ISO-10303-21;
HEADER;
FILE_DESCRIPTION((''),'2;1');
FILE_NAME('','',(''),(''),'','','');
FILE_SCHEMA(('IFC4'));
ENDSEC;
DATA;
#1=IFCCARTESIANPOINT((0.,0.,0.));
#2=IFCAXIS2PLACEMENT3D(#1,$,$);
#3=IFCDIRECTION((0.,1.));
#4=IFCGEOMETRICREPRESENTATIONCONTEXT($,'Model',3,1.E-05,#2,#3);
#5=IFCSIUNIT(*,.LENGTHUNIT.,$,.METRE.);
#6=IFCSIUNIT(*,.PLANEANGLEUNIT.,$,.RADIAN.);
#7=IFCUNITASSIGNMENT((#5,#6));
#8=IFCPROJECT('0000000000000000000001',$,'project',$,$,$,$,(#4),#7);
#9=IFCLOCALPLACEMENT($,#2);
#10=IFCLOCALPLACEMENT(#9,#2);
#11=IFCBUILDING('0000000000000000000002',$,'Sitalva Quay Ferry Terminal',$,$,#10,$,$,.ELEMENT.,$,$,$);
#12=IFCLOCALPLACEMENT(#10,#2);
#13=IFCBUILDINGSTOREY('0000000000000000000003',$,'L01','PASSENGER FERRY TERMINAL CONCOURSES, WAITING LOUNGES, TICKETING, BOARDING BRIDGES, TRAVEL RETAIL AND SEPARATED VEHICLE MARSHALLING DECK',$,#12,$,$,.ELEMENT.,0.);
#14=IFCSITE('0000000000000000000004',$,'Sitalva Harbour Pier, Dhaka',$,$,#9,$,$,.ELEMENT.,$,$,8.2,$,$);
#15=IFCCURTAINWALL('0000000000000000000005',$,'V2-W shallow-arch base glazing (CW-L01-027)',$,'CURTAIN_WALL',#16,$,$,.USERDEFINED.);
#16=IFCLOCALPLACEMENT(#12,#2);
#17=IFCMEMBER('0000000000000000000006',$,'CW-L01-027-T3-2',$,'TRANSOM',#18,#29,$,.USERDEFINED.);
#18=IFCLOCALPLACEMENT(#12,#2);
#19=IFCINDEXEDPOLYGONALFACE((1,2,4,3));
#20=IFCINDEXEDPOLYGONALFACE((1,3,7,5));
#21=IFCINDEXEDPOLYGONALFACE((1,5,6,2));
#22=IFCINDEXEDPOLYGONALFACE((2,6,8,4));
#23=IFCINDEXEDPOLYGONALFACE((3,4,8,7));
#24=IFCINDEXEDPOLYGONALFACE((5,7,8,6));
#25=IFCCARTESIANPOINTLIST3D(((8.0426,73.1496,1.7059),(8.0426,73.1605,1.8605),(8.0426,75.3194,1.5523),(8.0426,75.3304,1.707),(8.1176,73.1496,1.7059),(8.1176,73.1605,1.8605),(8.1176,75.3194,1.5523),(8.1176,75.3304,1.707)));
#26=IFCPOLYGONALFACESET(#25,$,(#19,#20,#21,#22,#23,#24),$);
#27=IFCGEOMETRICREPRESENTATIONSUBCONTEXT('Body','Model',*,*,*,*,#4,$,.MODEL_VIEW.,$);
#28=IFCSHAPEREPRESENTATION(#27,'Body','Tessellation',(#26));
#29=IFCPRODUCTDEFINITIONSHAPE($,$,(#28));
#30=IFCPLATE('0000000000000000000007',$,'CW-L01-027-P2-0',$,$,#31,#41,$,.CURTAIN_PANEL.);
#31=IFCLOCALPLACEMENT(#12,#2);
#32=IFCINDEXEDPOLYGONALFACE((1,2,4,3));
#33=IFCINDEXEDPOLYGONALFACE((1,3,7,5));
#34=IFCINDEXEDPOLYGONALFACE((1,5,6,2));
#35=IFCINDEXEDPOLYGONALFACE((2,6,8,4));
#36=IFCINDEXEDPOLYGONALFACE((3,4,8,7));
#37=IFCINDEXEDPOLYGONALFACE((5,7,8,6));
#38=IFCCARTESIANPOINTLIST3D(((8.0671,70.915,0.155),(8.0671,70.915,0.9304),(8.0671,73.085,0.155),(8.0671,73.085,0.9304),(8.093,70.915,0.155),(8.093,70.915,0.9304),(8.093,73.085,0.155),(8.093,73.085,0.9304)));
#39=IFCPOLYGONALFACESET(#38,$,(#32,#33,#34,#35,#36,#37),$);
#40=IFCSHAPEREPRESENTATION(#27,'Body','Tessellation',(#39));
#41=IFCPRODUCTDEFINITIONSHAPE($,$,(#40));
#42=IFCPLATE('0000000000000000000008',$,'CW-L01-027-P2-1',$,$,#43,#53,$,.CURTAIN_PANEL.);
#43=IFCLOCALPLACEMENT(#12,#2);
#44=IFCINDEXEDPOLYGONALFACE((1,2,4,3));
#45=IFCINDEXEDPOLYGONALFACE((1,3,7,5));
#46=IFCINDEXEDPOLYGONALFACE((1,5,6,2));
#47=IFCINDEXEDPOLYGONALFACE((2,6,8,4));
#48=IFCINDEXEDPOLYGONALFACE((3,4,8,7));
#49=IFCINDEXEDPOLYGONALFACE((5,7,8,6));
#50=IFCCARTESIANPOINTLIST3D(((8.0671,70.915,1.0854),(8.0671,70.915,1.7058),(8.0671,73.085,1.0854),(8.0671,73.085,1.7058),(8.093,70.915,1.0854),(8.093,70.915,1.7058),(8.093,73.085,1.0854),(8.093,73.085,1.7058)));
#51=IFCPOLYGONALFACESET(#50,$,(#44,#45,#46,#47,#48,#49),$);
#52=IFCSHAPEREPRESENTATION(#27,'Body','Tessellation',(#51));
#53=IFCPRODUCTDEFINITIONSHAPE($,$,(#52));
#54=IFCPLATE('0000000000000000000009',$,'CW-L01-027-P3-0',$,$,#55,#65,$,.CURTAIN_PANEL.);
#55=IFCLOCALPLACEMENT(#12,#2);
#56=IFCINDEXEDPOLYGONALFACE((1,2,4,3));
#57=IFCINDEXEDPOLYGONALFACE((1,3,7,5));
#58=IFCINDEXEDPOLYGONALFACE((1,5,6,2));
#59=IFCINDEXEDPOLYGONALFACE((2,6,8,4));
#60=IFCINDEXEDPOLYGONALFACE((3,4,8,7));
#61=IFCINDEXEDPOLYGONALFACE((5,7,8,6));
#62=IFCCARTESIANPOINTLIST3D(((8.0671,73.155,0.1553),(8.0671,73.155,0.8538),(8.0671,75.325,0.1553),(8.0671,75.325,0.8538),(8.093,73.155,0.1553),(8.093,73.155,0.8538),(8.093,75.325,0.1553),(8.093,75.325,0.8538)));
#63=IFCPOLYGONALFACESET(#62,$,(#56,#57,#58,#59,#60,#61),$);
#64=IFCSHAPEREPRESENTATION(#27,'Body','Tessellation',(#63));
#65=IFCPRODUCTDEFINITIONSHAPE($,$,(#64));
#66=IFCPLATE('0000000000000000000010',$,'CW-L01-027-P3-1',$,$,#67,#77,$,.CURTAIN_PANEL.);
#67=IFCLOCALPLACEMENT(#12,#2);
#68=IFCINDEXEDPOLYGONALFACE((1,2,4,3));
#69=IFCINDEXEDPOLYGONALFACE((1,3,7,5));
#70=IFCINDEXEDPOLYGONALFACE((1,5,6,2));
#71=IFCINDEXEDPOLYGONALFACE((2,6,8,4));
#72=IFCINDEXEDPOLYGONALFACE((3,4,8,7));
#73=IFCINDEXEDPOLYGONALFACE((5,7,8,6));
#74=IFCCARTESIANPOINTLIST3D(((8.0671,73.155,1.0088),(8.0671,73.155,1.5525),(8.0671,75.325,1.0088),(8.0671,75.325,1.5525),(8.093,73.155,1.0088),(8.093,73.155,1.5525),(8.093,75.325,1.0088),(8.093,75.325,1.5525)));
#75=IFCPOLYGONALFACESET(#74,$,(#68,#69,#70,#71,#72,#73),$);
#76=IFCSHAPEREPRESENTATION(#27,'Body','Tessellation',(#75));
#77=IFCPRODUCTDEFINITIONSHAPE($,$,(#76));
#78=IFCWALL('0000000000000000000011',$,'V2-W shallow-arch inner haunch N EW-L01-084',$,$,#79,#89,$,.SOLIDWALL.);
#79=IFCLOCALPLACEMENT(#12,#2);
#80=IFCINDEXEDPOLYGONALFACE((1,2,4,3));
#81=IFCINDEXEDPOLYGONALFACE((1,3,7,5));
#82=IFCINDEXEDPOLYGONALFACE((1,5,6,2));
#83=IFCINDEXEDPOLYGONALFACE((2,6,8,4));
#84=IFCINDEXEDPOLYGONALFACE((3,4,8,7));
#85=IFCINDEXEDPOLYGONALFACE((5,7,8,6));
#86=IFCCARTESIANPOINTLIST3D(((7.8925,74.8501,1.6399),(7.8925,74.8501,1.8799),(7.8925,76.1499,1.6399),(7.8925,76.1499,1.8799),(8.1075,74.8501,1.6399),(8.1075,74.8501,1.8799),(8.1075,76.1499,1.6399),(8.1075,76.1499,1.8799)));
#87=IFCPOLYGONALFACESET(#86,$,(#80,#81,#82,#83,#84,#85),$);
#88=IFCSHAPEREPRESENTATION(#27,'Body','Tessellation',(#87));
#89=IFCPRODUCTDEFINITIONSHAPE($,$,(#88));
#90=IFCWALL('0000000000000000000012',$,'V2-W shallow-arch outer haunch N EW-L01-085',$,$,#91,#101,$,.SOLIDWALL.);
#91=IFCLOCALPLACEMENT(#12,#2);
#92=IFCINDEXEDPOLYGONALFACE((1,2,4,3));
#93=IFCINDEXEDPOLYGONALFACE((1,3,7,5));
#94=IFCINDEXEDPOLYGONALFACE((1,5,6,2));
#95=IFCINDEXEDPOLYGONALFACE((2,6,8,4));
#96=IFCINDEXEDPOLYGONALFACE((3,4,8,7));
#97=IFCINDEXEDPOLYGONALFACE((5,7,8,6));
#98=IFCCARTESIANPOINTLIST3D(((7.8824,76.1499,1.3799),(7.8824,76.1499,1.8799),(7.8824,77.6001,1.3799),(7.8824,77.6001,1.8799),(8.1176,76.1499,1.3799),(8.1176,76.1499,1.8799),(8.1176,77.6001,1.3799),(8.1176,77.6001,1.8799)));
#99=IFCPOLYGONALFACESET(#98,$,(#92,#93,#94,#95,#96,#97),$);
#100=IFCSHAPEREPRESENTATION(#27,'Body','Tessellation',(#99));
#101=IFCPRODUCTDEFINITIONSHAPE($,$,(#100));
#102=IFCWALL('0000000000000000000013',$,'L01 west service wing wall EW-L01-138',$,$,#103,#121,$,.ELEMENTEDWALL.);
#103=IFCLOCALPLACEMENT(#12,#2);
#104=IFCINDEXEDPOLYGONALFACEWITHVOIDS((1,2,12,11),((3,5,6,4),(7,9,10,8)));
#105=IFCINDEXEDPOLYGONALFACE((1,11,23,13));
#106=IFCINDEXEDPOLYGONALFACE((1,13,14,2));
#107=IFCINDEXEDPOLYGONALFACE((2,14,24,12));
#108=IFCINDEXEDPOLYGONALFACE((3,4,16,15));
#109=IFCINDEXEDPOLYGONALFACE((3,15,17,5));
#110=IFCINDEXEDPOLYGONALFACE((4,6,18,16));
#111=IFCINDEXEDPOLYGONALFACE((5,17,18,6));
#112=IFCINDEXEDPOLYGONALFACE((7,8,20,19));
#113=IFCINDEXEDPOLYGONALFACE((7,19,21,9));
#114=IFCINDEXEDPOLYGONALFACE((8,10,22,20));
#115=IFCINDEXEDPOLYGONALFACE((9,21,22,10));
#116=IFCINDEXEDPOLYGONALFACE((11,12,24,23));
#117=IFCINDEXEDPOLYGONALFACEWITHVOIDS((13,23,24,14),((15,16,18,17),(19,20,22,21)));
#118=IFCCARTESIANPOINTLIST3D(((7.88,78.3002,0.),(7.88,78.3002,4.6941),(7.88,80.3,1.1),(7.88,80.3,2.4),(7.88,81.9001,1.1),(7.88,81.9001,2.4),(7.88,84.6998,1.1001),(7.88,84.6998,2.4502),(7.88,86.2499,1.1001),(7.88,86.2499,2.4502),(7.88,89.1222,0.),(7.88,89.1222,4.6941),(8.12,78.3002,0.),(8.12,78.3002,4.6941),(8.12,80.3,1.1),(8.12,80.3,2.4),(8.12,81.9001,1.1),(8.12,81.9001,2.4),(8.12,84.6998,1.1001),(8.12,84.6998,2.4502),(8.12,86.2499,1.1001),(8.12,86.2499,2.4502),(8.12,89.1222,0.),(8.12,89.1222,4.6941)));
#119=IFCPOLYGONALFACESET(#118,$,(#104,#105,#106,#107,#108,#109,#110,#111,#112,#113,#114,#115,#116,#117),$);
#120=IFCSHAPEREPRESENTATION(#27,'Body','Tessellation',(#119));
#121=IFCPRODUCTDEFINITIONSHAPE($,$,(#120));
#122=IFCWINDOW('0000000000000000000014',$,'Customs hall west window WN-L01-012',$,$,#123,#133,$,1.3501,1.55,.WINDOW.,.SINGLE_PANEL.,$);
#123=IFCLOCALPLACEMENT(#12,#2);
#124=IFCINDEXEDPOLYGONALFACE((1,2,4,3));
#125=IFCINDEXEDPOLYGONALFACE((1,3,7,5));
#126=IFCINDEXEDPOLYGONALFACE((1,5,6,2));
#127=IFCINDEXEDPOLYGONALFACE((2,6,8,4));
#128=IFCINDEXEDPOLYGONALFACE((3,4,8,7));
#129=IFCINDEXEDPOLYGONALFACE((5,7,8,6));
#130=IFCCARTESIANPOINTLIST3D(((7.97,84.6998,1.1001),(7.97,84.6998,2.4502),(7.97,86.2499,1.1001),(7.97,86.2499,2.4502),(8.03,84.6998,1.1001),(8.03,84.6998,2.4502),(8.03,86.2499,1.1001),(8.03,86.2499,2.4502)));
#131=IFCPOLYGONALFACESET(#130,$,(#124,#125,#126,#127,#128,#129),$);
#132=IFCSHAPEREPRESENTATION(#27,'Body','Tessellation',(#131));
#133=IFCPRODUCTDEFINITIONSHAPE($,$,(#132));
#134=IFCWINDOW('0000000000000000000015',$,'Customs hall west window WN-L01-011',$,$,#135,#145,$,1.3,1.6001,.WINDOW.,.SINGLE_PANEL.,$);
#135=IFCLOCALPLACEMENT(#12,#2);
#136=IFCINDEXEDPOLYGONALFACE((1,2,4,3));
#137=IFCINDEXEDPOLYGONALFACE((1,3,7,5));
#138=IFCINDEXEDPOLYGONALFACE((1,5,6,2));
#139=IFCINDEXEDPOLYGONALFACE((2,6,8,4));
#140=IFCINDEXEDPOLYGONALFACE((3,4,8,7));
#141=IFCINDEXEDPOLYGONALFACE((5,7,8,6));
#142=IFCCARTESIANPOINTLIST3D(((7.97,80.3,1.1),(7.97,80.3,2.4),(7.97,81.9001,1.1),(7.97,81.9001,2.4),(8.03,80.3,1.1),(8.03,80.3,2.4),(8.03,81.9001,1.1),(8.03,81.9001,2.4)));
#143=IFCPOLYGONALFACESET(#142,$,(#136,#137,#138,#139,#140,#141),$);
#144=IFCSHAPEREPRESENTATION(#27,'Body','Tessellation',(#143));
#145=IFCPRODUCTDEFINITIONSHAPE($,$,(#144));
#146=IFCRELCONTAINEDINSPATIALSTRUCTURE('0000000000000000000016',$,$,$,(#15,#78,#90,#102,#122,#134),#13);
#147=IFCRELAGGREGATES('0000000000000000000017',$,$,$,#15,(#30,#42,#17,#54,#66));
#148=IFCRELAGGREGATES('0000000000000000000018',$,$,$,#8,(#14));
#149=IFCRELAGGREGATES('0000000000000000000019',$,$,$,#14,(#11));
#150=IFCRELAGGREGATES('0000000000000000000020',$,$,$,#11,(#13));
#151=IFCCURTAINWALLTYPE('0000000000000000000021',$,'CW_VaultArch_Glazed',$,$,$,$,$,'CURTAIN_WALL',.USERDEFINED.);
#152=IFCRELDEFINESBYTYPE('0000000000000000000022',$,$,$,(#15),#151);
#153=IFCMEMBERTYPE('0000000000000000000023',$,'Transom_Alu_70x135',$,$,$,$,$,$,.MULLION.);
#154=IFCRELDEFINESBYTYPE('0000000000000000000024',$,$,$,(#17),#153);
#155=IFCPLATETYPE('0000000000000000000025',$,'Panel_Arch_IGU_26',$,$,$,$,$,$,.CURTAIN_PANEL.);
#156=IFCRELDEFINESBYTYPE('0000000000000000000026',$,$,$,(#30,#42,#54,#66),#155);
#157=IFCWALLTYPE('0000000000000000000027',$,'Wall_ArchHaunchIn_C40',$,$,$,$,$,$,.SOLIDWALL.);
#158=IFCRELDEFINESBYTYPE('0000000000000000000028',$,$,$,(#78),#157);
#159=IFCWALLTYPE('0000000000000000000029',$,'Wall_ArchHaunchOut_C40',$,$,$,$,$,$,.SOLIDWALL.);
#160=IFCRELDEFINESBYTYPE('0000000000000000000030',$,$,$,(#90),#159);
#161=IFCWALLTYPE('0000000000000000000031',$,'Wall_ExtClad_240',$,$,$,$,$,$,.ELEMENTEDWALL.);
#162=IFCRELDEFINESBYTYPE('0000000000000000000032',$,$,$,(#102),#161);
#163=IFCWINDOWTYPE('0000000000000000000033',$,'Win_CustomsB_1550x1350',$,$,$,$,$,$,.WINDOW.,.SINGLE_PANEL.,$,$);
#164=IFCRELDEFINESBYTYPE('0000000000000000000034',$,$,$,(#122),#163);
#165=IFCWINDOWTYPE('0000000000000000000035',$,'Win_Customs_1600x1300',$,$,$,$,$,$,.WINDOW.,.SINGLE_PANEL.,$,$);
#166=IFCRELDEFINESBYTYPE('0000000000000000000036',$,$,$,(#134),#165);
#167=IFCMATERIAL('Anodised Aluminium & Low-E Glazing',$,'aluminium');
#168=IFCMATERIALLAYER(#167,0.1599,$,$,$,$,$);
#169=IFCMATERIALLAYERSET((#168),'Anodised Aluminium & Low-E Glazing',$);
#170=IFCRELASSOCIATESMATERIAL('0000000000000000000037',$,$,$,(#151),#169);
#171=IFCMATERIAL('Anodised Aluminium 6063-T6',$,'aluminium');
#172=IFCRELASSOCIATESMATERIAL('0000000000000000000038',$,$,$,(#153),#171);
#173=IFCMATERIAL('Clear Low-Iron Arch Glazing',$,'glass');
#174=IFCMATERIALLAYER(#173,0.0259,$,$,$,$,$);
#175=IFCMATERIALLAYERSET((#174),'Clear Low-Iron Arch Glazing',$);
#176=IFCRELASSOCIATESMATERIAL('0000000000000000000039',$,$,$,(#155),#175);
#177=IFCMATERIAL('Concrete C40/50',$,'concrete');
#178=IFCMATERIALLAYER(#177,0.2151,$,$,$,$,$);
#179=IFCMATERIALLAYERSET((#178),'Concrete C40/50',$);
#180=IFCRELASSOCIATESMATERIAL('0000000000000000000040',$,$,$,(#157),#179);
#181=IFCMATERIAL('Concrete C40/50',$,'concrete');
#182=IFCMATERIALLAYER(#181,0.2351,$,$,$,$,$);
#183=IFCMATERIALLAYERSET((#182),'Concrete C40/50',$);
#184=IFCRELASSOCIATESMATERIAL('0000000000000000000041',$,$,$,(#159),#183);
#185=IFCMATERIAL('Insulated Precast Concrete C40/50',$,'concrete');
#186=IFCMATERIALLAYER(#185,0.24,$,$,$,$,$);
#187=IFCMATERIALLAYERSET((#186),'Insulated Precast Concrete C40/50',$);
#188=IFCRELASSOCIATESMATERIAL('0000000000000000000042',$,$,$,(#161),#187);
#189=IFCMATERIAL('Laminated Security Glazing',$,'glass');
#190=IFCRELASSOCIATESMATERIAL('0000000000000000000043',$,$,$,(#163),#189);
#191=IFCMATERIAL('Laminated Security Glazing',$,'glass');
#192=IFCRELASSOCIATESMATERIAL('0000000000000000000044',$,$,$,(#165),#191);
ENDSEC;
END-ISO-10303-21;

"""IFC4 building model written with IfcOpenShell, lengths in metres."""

from ifc_helpers import new_model, si_unit, direction, frame, frame_2d, origin, origin_2d, place, context, subcontext, project, spatial, rectangle, extrude, material, layer, layer_set, material_profile, profile_set, type_object, element, fill, aggregate, save


model = new_model("IFC4")

# Units and contexts
model_context = context("Model", 3, precision=1e-05, world=origin(), true_north=direction((0.0, 1.0)))
body_context = subcontext(model_context, "Body", "Model", "MODEL_VIEW")
ifc_project = project(units=[si_unit("LENGTHUNIT", "METRE"), si_unit("PLANEANGLEUNIT", "RADIAN")], contexts=[model_context])

# Site, building, storey
site_placement = place(None, origin())
site = spatial("IfcSite", under=ifc_project, at=site_placement, Name="Sitalva Harbour Pier, Dhaka", CompositionType="ELEMENT", RefElevation=8.2)
building_placement = place(site_placement, origin())
building = spatial("IfcBuilding", under=site, at=building_placement, Name="Sitalva Quay Ferry Terminal", CompositionType="ELEMENT")
storey_placement = place(building_placement, origin())
storey = spatial("IfcBuildingStorey", under=building, at=storey_placement, Name="L01", Description="PASSENGER FERRY TERMINAL CONCOURSES, WAITING LOUNGES, TICKETING, BOARDING BRIDGES, TRAVEL RETAIL AND SEPARATED VEHICLE MARSHALLING DECK", CompositionType="ELEMENT", Elevation=0.0)

# Curtain wall, member, plates
ifc_material_1 = material(Name="Anodised Aluminium & Low-E Glazing", Category="aluminium")
ifc_layer_1 = layer(ifc_material_1, 0.1599)
ifc_layer_set_1 = layer_set([ifc_layer_1], Name="Anodised Aluminium & Low-E Glazing")
curtain_wall_type = type_object("IfcCurtainWallType", Name="CW_VaultArch_Glazed", ElementType="CURTAIN_WALL", PredefinedType="USERDEFINED", material=ifc_layer_set_1)
curtain_wall_placement = place(storey_placement, origin())
curtain_wall = element("IfcCurtainWall", 1, at=curtain_wall_placement, inside=storey, type_object=curtain_wall_type, Name="V2-W shallow-arch base glazing (CW-L01-027)", ObjectType="CURTAIN_WALL", PredefinedType="USERDEFINED")
ifc_material_2 = material(Name="Anodised Aluminium 6063-T6", Category="aluminium")
ifc_material_profile_1 = material_profile(ifc_material_2, rectangle(XDim=0.075, YDim=0.155, at=origin_2d()), Name="ALU75x155")
ifc_profile_set_1 = profile_set([ifc_material_profile_1], Name="Anodised Aluminium 6063-T6")
member_type_1 = type_object("IfcMemberType", Name="Transom_Alu_70x135", PredefinedType="MULLION", material=ifc_profile_set_1)
member_1_placement = place(storey_placement, frame((8.0801, 73.155, 1.7832), z_axis=(0.0, 0.997505, -0.070593), x_axis=(-1.0, 0.0, 0.0)))
member_1 = element("IfcMember", 2, at=member_1_placement, type_object=member_type_1, Name="CW-L01-027-T3-2", ObjectType="TRANSOM", PredefinedType="USERDEFINED", context=body_context, shape_type="SweptSolid", body=[
    extrude(rectangle(XDim=0.075, YDim=0.155, at=origin_2d()), origin(), (0.0, 0.0, 1.0), 2.1753),
])
ifc_material_3 = material(Name="Clear Low-Iron Arch Glazing", Category="glass")
ifc_layer_2 = layer(ifc_material_3, 0.0259)
ifc_layer_set_2 = layer_set([ifc_layer_2], Name="Clear Low-Iron Arch Glazing")
plate_type = type_object("IfcPlateType", Name="Panel_Arch_IGU_26", PredefinedType="CURTAIN_PANEL", material=ifc_layer_set_2)
plate_1_placement = place(storey_placement, frame((8.0801, 72.0, 0.155), z_axis=(0.0, 0.0, 1.0), x_axis=(0.0, 1.0, 0.0)))
plate_1 = element("IfcPlate", 3, at=plate_1_placement, type_object=plate_type, Name="CW-L01-027-P2-0", PredefinedType="CURTAIN_PANEL", context=body_context, shape_type="SweptSolid", body=[
    extrude(rectangle(XDim=2.1699, YDim=0.0259, at=origin_2d()), origin(), (0.0, 0.0, 1.0), 0.7754),
])
plate_2_placement = place(storey_placement, frame((8.0801, 72.0, 1.0854), z_axis=(0.0, 0.0, 1.0), x_axis=(0.0, 1.0, 0.0)))
plate_2 = element("IfcPlate", 4, at=plate_2_placement, type_object=plate_type, Name="CW-L01-027-P2-1", PredefinedType="CURTAIN_PANEL", context=body_context, shape_type="SweptSolid", body=[
    extrude(rectangle(XDim=2.1699, YDim=0.0259, at=origin_2d()), origin(), (0.0, 0.0, 1.0), 0.6204),
])
plate_3_placement = place(storey_placement, frame((8.0801, 74.24, 0.1553), z_axis=(0.0, 0.0, 1.0), x_axis=(0.0, 1.0, 0.0)))
plate_3 = element("IfcPlate", 5, at=plate_3_placement, type_object=plate_type, Name="CW-L01-027-P3-0", PredefinedType="CURTAIN_PANEL", context=body_context, shape_type="SweptSolid", body=[
    extrude(rectangle(XDim=2.1699, YDim=0.0259, at=origin_2d()), origin(), (0.0, 0.0, 1.0), 0.6985),
])
plate_4_placement = place(storey_placement, frame((8.0801, 74.24, 1.0088), z_axis=(0.0, 0.0, 1.0), x_axis=(0.0, 1.0, 0.0)))
plate_4 = element("IfcPlate", 6, at=plate_4_placement, type_object=plate_type, Name="CW-L01-027-P3-1", PredefinedType="CURTAIN_PANEL", context=body_context, shape_type="SweptSolid", body=[
    extrude(rectangle(XDim=2.1699, YDim=0.0259, at=origin_2d()), origin(), (0.0, 0.0, 1.0), 0.5437),
])
aggregate(curtain_wall, [plate_1, plate_2, member_1, plate_3, plate_4])

# Walls
ifc_material_4 = material(Name="Concrete C40/50", Category="concrete")
ifc_layer_3 = layer(ifc_material_4, 0.2151)
ifc_layer_set_3 = layer_set([ifc_layer_3], Name="Concrete C40/50")
wall_type_1 = type_object("IfcWallType", Name="Wall_ArchHaunchIn_C40", PredefinedType="SOLIDWALL", material=ifc_layer_set_3)
wall_1_placement = place(storey_placement, frame((8.0, 74.8501, 1.6399), z_axis=(0.0, 0.0, 1.0), x_axis=(0.0, 1.0, 0.0)))
element("IfcWall", 7, at=wall_1_placement, inside=storey, type_object=wall_type_1, Name="V2-W shallow-arch inner haunch N EW-L01-084", PredefinedType="SOLIDWALL", context=body_context, shape_type="SweptSolid", body=[
    extrude(rectangle(XDim=1.2998, YDim=0.2151, at=frame_2d((0.6499, 0.0))), origin(), (0.0, 0.0, 1.0), 0.24),
])
ifc_material_5 = material(Name="Concrete C40/50", Category="concrete")
ifc_layer_4 = layer(ifc_material_5, 0.2351)
ifc_layer_set_4 = layer_set([ifc_layer_4], Name="Concrete C40/50")
wall_type_2 = type_object("IfcWallType", Name="Wall_ArchHaunchOut_C40", PredefinedType="SOLIDWALL", material=ifc_layer_set_4)
wall_2_placement = place(storey_placement, frame((8.0, 76.1499, 1.3799), z_axis=(0.0, 0.0, 1.0), x_axis=(0.0, 1.0, 0.0)))
element("IfcWall", 8, at=wall_2_placement, inside=storey, type_object=wall_type_2, Name="V2-W shallow-arch outer haunch N EW-L01-085", PredefinedType="SOLIDWALL", context=body_context, shape_type="SweptSolid", body=[
    extrude(rectangle(XDim=1.4502, YDim=0.2351, at=frame_2d((0.7251, 0.0))), origin(), (0.0, 0.0, 1.0), 0.5),
])

# Wall, openings, windows
ifc_material_6 = material(Name="Insulated Precast Concrete C40/50", Category="concrete")
ifc_layer_5 = layer(ifc_material_6, 0.24)
ifc_layer_set_5 = layer_set([ifc_layer_5], Name="Insulated Precast Concrete C40/50")
wall_type_3 = type_object("IfcWallType", Name="Wall_ExtClad_240", PredefinedType="ELEMENTEDWALL", material=ifc_layer_set_5)
wall_3_placement = place(storey_placement, frame((8.0, 78.3, 0.0), z_axis=(0.0, 0.0, 1.0), x_axis=(0.0, 1.0, 0.0)))
wall_3 = element("IfcWall", 9, at=wall_3_placement, inside=storey, type_object=wall_type_3, Name="L01 west service wing wall EW-L01-138", PredefinedType="ELEMENTEDWALL", context=body_context, shape_type="SweptSolid", body=[
    extrude(rectangle(XDim=10.822, YDim=0.24, at=frame_2d((5.4111, 0.0))), origin(), (0.0, 0.0, 1.0), 4.6941),
])
opening_1_placement = place(wall_3_placement, frame((2.0, 0.0, 1.1001)))
opening_1 = element("IfcOpeningElement", 10, at=opening_1_placement, cuts=wall_3, PredefinedType="OPENING", context=body_context, shape_type="SweptSolid", body=[
    extrude(rectangle(XDim=1.6001, YDim=1.3, at=frame_2d((0.8, 0.6499))), frame((0.0, 0.1299, 0.0), z_axis=(0.0, -1.0, 0.0), x_axis=(1.0, 0.0, 0.0)), (0.0, 0.0, 1.0), 0.26),
])
opening_2_placement = place(wall_3_placement, frame((6.3999, 0.0, 1.1001)))
opening_2 = element("IfcOpeningElement", 11, at=opening_2_placement, cuts=wall_3, PredefinedType="OPENING", context=body_context, shape_type="SweptSolid", body=[
    extrude(rectangle(XDim=1.55, YDim=1.3501, at=frame_2d((0.7749, 0.675))), frame((0.0, 0.1299, 0.0), z_axis=(0.0, -1.0, 0.0), x_axis=(1.0, 0.0, 0.0)), (0.0, 0.0, 1.0), 0.26),
])
ifc_material_7 = material(Name="Laminated Security Glazing", Category="glass")
window_type_1 = type_object("IfcWindowType", Name="Win_CustomsB_1550x1350", PartitioningType="SINGLE_PANEL", PredefinedType="WINDOW", material=ifc_material_7)
window_1_placement = place(opening_2_placement, origin())
window_1 = element("IfcWindow", 12, at=window_1_placement, inside=storey, type_object=window_type_1, Name="Customs hall west window WN-L01-012", OverallHeight=1.3501, OverallWidth=1.55, PartitioningType="SINGLE_PANEL", PredefinedType="WINDOW", context=body_context, shape_type="SweptSolid", body=[
    extrude(rectangle(XDim=1.55, YDim=1.3501, at=frame_2d((0.7749, 0.675))), frame((0.0, 0.03, 0.0), z_axis=(0.0, -1.0, 0.0), x_axis=(1.0, 0.0, 0.0)), (0.0, 0.0, 1.0), 0.0601),
])
fill(opening_2, window_1)
ifc_material_8 = material(Name="Laminated Security Glazing", Category="glass")
window_type_2 = type_object("IfcWindowType", Name="Win_Customs_1600x1300", PartitioningType="SINGLE_PANEL", PredefinedType="WINDOW", material=ifc_material_8)
window_2_placement = place(opening_1_placement, origin())
window_2 = element("IfcWindow", 13, at=window_2_placement, inside=storey, type_object=window_type_2, Name="Customs hall west window WN-L01-011", OverallHeight=1.3, OverallWidth=1.6001, PartitioningType="SINGLE_PANEL", PredefinedType="WINDOW", context=body_context, shape_type="SweptSolid", body=[
    extrude(rectangle(XDim=1.6001, YDim=1.3, at=frame_2d((0.8, 0.6499))), frame((0.0, 0.03, 0.0), z_axis=(0.0, -1.0, 0.0), x_axis=(1.0, 0.0, 0.0)), (0.0, 0.0, 1.0), 0.0601),
])
fill(opening_1, window_2)

save(model, "model.ifc")
